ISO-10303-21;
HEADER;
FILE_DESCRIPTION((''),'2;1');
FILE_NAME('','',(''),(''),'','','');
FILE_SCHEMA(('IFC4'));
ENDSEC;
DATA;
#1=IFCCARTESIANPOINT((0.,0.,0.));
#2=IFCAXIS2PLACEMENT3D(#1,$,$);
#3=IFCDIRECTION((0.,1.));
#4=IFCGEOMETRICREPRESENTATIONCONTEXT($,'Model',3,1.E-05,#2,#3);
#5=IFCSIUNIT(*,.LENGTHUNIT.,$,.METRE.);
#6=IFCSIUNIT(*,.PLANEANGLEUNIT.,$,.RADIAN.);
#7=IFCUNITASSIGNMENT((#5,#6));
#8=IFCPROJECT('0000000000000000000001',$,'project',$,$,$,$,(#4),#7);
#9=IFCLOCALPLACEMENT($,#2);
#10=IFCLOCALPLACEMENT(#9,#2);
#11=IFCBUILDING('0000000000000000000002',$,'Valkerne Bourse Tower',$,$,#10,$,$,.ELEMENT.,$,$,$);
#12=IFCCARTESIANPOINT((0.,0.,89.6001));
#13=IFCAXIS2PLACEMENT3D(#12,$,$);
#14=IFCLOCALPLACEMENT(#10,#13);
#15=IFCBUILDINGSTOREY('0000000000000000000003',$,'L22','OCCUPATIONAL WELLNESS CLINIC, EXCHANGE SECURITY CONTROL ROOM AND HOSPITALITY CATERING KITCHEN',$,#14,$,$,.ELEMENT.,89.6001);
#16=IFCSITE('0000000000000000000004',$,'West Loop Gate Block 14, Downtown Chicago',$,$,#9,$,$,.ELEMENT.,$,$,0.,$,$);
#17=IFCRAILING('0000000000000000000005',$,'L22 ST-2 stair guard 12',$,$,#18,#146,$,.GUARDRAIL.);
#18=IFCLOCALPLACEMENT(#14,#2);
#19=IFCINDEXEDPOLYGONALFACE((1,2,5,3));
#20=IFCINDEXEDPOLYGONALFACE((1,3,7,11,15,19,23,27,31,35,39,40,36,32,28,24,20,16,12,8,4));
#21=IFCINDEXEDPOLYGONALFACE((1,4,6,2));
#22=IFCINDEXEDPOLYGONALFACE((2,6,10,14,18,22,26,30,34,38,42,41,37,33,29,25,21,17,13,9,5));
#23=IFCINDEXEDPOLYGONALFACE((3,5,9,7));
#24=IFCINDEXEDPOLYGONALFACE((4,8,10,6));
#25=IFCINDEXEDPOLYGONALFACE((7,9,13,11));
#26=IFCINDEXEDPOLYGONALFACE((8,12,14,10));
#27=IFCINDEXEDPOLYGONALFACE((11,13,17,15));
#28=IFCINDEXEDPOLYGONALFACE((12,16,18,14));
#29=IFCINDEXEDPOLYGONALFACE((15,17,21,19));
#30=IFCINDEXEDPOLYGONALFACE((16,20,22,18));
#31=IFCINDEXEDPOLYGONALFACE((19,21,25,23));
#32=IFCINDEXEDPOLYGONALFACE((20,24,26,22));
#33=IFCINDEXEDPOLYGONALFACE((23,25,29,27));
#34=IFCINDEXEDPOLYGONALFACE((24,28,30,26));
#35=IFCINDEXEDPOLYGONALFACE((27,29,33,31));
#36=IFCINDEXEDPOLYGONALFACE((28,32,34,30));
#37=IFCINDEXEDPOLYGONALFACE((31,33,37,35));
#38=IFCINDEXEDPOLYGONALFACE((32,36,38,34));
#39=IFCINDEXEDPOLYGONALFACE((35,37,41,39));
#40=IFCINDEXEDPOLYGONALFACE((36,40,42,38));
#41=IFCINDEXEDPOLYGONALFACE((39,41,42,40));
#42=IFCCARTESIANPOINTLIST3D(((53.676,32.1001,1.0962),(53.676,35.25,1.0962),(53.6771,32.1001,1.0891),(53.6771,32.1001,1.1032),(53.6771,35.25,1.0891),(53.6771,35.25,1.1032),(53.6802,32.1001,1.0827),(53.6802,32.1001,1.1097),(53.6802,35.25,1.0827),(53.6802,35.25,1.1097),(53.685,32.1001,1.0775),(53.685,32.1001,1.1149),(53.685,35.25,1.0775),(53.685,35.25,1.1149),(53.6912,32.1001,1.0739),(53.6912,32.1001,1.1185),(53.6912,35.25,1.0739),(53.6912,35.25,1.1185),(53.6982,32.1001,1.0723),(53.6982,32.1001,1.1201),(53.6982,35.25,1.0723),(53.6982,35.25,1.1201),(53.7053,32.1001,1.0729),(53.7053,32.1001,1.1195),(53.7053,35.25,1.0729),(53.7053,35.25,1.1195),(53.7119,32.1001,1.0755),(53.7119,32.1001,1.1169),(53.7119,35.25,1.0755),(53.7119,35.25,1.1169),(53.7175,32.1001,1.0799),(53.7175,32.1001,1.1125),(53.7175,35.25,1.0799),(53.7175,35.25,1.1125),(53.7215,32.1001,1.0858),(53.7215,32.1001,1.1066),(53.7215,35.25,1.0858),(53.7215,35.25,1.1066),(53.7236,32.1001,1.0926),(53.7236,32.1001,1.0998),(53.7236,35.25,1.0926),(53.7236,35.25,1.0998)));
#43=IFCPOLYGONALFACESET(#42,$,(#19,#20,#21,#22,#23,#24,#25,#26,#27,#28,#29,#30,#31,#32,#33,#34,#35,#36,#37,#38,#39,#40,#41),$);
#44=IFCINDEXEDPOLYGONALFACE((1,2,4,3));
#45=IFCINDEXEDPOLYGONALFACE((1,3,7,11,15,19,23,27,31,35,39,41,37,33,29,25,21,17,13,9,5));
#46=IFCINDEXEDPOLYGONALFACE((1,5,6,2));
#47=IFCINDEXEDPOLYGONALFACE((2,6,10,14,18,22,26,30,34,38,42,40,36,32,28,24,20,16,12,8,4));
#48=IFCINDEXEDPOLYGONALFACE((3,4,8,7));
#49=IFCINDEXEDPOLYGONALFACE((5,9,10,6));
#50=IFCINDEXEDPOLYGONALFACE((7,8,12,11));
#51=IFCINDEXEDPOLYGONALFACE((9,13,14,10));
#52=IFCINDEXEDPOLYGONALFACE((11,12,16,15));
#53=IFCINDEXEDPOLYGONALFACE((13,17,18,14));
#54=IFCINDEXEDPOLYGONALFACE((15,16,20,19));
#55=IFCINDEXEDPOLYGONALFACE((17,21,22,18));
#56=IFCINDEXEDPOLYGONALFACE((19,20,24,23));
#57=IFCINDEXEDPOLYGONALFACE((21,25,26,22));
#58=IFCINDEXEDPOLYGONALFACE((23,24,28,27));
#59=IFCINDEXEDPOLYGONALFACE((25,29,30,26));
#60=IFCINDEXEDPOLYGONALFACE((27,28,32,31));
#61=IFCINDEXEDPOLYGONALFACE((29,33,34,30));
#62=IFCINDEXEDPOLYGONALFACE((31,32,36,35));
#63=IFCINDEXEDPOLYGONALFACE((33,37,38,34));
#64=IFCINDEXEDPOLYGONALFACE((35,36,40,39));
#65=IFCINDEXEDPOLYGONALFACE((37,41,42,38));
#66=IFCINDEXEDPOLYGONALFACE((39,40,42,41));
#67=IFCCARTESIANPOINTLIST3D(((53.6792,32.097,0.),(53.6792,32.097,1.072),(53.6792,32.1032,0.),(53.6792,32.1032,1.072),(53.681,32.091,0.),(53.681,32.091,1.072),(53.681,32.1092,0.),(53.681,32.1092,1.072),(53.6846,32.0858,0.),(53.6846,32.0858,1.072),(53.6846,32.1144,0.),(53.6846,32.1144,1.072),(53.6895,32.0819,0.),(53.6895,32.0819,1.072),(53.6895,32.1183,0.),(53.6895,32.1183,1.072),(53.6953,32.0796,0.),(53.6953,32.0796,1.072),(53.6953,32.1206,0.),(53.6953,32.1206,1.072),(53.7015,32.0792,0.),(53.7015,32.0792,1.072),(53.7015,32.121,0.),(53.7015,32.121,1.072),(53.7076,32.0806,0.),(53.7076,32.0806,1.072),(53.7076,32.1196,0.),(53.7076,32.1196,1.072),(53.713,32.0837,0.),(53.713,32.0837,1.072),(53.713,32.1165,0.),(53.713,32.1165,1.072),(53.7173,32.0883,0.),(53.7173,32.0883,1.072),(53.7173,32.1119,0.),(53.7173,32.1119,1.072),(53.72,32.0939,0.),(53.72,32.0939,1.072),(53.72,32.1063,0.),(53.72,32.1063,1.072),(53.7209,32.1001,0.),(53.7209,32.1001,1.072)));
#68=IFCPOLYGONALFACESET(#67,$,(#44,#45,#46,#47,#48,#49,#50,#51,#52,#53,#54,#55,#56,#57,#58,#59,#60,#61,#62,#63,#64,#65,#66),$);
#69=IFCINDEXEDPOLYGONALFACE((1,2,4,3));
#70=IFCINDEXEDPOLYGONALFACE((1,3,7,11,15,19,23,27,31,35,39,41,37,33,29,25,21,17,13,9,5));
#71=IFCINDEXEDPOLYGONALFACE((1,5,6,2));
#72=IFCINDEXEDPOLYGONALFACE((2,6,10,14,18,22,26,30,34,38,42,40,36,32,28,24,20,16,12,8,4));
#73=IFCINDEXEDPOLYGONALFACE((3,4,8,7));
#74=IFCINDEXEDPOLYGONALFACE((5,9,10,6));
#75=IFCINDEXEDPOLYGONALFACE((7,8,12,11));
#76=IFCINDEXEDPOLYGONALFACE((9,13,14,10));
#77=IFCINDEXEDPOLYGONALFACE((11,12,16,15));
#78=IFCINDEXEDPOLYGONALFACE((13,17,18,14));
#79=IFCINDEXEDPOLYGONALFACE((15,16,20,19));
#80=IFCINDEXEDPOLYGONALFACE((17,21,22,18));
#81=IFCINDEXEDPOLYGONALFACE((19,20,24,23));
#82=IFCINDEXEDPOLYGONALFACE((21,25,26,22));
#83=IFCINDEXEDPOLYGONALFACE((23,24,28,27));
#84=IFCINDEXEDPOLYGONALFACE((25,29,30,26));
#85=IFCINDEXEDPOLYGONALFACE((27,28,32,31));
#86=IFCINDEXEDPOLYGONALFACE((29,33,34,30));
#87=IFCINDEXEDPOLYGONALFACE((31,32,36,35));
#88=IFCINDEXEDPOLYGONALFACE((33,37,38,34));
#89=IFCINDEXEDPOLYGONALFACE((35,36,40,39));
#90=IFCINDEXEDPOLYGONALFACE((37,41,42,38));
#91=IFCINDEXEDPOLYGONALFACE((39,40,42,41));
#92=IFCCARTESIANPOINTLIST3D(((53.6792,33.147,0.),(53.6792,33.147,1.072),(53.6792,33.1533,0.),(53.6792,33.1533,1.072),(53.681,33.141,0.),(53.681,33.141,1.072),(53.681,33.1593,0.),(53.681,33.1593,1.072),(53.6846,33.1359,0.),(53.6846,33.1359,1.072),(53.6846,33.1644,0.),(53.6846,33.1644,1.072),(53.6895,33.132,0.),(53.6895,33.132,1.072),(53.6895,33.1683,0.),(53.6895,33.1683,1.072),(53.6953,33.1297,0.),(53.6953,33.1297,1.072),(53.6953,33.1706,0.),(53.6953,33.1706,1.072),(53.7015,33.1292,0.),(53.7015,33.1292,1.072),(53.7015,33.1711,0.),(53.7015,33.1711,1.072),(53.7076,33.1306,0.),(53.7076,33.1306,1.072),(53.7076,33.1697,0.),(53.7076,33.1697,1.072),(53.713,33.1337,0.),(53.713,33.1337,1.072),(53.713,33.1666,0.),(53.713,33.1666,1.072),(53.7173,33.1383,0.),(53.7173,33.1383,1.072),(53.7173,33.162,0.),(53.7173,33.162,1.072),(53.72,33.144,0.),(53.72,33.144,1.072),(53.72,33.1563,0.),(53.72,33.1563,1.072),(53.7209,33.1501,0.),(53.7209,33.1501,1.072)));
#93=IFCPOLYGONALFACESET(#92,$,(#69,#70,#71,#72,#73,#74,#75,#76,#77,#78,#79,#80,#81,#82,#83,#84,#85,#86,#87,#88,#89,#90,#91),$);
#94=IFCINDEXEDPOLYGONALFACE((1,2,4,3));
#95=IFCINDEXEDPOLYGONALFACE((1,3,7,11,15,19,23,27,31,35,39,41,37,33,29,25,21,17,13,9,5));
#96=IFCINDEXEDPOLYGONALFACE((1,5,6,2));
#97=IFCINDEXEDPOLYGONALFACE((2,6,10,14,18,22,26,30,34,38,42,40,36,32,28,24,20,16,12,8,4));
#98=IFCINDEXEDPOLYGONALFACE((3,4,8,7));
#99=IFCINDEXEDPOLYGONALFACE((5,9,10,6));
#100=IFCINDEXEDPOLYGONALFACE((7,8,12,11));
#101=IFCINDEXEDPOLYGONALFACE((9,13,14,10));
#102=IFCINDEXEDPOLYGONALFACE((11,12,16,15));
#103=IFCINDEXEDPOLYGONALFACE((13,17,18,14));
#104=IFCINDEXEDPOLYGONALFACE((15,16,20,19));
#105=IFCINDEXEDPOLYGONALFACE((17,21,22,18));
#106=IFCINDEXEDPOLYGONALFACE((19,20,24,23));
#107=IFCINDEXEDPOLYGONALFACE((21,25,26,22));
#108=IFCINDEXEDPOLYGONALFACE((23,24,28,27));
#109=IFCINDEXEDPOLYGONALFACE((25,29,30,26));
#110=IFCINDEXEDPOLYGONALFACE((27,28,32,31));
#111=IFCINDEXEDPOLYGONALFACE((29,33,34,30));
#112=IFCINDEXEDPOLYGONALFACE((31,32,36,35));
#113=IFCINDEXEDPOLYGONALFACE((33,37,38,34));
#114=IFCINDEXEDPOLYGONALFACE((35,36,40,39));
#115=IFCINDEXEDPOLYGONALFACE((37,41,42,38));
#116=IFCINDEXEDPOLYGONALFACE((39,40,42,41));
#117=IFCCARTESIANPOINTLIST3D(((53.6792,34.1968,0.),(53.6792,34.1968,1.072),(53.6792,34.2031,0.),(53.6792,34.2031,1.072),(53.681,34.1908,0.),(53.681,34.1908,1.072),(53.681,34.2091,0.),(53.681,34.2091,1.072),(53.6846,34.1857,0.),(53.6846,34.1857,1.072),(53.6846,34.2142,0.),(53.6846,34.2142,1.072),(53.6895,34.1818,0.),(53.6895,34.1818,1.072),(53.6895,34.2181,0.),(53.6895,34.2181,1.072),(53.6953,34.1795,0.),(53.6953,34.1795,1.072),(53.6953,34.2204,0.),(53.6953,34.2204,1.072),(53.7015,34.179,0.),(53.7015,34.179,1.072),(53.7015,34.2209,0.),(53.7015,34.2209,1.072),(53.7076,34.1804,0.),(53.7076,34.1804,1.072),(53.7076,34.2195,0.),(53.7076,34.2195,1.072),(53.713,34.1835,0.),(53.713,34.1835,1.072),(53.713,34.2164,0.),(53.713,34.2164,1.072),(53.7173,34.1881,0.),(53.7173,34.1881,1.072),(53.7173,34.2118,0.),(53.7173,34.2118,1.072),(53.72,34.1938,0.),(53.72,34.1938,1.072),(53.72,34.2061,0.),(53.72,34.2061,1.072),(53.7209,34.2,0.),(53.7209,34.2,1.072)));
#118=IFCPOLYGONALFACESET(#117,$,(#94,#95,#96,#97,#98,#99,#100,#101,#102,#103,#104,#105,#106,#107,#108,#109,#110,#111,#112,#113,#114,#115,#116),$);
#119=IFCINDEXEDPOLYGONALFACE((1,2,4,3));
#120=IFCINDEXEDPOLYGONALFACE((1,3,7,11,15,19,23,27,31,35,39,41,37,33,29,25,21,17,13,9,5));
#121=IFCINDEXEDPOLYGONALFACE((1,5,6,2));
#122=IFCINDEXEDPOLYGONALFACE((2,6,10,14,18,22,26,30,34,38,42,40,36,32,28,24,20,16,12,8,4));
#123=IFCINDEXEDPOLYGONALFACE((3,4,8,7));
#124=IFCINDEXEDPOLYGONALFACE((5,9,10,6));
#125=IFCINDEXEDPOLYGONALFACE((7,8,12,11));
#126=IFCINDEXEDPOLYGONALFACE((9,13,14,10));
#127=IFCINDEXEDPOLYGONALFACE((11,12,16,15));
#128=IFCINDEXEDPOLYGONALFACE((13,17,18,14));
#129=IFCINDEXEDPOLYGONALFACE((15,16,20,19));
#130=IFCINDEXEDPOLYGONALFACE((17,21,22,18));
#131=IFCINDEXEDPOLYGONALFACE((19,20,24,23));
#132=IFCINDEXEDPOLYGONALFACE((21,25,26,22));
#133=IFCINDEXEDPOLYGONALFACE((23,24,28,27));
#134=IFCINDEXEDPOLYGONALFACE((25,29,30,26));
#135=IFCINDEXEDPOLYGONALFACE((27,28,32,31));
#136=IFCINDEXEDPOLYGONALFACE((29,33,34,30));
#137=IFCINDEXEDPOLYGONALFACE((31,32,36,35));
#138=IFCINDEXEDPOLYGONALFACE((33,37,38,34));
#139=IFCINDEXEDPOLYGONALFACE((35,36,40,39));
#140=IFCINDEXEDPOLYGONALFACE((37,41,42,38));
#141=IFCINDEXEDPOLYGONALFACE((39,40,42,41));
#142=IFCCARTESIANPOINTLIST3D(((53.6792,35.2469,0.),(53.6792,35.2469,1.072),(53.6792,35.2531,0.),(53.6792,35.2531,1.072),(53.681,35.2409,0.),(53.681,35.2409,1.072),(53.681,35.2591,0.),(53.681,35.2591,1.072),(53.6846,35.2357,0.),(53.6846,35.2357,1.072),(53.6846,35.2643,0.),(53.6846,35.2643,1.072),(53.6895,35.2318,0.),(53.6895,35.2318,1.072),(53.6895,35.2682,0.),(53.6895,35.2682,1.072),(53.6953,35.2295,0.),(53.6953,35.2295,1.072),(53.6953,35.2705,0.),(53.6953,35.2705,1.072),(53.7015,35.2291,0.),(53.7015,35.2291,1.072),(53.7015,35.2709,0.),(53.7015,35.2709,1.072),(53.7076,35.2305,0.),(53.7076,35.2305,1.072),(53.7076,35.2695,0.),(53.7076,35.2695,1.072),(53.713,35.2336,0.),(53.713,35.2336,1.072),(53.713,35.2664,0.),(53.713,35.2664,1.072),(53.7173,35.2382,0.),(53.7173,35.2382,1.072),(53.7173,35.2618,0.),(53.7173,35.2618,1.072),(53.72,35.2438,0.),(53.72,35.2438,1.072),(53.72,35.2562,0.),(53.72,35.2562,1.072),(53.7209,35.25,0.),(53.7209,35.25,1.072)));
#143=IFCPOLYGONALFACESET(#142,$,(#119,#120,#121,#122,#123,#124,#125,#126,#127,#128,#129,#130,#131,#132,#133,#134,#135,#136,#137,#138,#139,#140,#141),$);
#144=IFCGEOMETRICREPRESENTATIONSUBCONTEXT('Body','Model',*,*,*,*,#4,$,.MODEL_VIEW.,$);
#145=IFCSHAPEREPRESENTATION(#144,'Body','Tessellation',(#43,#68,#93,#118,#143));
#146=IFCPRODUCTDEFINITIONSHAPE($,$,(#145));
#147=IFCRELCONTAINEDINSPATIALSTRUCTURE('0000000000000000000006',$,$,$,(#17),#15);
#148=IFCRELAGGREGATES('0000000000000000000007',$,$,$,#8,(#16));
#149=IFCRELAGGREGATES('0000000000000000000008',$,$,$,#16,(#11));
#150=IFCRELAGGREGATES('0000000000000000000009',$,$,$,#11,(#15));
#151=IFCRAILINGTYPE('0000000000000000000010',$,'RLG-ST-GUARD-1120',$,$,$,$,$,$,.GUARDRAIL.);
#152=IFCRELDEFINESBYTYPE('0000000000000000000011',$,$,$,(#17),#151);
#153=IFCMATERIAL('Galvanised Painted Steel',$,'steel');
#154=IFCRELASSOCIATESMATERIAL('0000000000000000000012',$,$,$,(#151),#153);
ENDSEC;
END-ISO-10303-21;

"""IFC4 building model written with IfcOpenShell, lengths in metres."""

from ifc_helpers import new_model, si_unit, direction, frame, origin, origin_2d, place, context, subcontext, project, spatial, circle, extrude, material, type_object, element, save


model = new_model("IFC4")

# Units and contexts
model_context = context("Model", 3, precision=1e-05, world=origin(), true_north=direction((0.0, 1.0)))
body_context = subcontext(model_context, "Body", "Model", "MODEL_VIEW")
ifc_project = project(units=[si_unit("LENGTHUNIT", "METRE"), si_unit("PLANEANGLEUNIT", "RADIAN")], contexts=[model_context])

# Site, building, storey
site_placement = place(None, origin())
site = spatial("IfcSite", under=ifc_project, at=site_placement, Name="West Loop Gate Block 14, Downtown Chicago", CompositionType="ELEMENT", RefElevation=0.0)
building_placement = place(site_placement, origin())
building = spatial("IfcBuilding", under=site, at=building_placement, Name="Valkerne Bourse Tower", CompositionType="ELEMENT")
storey_placement = place(building_placement, frame((0.0, 0.0, 89.6001)))
storey = spatial("IfcBuildingStorey", under=building, at=storey_placement, Name="L22", Description="OCCUPATIONAL WELLNESS CLINIC, EXCHANGE SECURITY CONTROL ROOM AND HOSPITALITY CATERING KITCHEN", CompositionType="ELEMENT", Elevation=89.6001)

# Railing
ifc_material_1 = material(Name="Galvanised Painted Steel", Category="steel")
railing_type_1 = type_object("IfcRailingType", Name="RLG-ST-GUARD-1120", PredefinedType="GUARDRAIL", material=ifc_material_1)
railing_1_placement = place(storey_placement, frame((53.7, 32.1001, 0.0)))
element("IfcRailing", 1, at=railing_1_placement, inside=storey, type_object=railing_type_1, Name="L22 ST-2 stair guard 12", PredefinedType="GUARDRAIL", context=body_context, shape_type="SweptSolid", body=[
    extrude(circle(Radius=0.0239, at=origin_2d()), frame((0.0, 0.0, 1.0962), z_axis=(0.0, 1.0, 0.0), x_axis=(-1.0, 0.0, 0.0)), (0.0, 0.0, 1.0), 3.1499),
    extrude(circle(Radius=0.021, at=origin_2d()), origin(), (0.0, 0.0, 1.0), 1.072),
    extrude(circle(Radius=0.021, at=origin_2d()), frame((0.0, 1.05, 0.0)), (0.0, 0.0, 1.0), 1.072),
    extrude(circle(Radius=0.021, at=origin_2d()), frame((0.0, 2.0999, 0.0)), (0.0, 0.0, 1.0), 1.072),
    extrude(circle(Radius=0.021, at=origin_2d()), frame((0.0, 3.1499, 0.0)), (0.0, 0.0, 1.0), 1.072),
])

save(model, "model.ifc")
